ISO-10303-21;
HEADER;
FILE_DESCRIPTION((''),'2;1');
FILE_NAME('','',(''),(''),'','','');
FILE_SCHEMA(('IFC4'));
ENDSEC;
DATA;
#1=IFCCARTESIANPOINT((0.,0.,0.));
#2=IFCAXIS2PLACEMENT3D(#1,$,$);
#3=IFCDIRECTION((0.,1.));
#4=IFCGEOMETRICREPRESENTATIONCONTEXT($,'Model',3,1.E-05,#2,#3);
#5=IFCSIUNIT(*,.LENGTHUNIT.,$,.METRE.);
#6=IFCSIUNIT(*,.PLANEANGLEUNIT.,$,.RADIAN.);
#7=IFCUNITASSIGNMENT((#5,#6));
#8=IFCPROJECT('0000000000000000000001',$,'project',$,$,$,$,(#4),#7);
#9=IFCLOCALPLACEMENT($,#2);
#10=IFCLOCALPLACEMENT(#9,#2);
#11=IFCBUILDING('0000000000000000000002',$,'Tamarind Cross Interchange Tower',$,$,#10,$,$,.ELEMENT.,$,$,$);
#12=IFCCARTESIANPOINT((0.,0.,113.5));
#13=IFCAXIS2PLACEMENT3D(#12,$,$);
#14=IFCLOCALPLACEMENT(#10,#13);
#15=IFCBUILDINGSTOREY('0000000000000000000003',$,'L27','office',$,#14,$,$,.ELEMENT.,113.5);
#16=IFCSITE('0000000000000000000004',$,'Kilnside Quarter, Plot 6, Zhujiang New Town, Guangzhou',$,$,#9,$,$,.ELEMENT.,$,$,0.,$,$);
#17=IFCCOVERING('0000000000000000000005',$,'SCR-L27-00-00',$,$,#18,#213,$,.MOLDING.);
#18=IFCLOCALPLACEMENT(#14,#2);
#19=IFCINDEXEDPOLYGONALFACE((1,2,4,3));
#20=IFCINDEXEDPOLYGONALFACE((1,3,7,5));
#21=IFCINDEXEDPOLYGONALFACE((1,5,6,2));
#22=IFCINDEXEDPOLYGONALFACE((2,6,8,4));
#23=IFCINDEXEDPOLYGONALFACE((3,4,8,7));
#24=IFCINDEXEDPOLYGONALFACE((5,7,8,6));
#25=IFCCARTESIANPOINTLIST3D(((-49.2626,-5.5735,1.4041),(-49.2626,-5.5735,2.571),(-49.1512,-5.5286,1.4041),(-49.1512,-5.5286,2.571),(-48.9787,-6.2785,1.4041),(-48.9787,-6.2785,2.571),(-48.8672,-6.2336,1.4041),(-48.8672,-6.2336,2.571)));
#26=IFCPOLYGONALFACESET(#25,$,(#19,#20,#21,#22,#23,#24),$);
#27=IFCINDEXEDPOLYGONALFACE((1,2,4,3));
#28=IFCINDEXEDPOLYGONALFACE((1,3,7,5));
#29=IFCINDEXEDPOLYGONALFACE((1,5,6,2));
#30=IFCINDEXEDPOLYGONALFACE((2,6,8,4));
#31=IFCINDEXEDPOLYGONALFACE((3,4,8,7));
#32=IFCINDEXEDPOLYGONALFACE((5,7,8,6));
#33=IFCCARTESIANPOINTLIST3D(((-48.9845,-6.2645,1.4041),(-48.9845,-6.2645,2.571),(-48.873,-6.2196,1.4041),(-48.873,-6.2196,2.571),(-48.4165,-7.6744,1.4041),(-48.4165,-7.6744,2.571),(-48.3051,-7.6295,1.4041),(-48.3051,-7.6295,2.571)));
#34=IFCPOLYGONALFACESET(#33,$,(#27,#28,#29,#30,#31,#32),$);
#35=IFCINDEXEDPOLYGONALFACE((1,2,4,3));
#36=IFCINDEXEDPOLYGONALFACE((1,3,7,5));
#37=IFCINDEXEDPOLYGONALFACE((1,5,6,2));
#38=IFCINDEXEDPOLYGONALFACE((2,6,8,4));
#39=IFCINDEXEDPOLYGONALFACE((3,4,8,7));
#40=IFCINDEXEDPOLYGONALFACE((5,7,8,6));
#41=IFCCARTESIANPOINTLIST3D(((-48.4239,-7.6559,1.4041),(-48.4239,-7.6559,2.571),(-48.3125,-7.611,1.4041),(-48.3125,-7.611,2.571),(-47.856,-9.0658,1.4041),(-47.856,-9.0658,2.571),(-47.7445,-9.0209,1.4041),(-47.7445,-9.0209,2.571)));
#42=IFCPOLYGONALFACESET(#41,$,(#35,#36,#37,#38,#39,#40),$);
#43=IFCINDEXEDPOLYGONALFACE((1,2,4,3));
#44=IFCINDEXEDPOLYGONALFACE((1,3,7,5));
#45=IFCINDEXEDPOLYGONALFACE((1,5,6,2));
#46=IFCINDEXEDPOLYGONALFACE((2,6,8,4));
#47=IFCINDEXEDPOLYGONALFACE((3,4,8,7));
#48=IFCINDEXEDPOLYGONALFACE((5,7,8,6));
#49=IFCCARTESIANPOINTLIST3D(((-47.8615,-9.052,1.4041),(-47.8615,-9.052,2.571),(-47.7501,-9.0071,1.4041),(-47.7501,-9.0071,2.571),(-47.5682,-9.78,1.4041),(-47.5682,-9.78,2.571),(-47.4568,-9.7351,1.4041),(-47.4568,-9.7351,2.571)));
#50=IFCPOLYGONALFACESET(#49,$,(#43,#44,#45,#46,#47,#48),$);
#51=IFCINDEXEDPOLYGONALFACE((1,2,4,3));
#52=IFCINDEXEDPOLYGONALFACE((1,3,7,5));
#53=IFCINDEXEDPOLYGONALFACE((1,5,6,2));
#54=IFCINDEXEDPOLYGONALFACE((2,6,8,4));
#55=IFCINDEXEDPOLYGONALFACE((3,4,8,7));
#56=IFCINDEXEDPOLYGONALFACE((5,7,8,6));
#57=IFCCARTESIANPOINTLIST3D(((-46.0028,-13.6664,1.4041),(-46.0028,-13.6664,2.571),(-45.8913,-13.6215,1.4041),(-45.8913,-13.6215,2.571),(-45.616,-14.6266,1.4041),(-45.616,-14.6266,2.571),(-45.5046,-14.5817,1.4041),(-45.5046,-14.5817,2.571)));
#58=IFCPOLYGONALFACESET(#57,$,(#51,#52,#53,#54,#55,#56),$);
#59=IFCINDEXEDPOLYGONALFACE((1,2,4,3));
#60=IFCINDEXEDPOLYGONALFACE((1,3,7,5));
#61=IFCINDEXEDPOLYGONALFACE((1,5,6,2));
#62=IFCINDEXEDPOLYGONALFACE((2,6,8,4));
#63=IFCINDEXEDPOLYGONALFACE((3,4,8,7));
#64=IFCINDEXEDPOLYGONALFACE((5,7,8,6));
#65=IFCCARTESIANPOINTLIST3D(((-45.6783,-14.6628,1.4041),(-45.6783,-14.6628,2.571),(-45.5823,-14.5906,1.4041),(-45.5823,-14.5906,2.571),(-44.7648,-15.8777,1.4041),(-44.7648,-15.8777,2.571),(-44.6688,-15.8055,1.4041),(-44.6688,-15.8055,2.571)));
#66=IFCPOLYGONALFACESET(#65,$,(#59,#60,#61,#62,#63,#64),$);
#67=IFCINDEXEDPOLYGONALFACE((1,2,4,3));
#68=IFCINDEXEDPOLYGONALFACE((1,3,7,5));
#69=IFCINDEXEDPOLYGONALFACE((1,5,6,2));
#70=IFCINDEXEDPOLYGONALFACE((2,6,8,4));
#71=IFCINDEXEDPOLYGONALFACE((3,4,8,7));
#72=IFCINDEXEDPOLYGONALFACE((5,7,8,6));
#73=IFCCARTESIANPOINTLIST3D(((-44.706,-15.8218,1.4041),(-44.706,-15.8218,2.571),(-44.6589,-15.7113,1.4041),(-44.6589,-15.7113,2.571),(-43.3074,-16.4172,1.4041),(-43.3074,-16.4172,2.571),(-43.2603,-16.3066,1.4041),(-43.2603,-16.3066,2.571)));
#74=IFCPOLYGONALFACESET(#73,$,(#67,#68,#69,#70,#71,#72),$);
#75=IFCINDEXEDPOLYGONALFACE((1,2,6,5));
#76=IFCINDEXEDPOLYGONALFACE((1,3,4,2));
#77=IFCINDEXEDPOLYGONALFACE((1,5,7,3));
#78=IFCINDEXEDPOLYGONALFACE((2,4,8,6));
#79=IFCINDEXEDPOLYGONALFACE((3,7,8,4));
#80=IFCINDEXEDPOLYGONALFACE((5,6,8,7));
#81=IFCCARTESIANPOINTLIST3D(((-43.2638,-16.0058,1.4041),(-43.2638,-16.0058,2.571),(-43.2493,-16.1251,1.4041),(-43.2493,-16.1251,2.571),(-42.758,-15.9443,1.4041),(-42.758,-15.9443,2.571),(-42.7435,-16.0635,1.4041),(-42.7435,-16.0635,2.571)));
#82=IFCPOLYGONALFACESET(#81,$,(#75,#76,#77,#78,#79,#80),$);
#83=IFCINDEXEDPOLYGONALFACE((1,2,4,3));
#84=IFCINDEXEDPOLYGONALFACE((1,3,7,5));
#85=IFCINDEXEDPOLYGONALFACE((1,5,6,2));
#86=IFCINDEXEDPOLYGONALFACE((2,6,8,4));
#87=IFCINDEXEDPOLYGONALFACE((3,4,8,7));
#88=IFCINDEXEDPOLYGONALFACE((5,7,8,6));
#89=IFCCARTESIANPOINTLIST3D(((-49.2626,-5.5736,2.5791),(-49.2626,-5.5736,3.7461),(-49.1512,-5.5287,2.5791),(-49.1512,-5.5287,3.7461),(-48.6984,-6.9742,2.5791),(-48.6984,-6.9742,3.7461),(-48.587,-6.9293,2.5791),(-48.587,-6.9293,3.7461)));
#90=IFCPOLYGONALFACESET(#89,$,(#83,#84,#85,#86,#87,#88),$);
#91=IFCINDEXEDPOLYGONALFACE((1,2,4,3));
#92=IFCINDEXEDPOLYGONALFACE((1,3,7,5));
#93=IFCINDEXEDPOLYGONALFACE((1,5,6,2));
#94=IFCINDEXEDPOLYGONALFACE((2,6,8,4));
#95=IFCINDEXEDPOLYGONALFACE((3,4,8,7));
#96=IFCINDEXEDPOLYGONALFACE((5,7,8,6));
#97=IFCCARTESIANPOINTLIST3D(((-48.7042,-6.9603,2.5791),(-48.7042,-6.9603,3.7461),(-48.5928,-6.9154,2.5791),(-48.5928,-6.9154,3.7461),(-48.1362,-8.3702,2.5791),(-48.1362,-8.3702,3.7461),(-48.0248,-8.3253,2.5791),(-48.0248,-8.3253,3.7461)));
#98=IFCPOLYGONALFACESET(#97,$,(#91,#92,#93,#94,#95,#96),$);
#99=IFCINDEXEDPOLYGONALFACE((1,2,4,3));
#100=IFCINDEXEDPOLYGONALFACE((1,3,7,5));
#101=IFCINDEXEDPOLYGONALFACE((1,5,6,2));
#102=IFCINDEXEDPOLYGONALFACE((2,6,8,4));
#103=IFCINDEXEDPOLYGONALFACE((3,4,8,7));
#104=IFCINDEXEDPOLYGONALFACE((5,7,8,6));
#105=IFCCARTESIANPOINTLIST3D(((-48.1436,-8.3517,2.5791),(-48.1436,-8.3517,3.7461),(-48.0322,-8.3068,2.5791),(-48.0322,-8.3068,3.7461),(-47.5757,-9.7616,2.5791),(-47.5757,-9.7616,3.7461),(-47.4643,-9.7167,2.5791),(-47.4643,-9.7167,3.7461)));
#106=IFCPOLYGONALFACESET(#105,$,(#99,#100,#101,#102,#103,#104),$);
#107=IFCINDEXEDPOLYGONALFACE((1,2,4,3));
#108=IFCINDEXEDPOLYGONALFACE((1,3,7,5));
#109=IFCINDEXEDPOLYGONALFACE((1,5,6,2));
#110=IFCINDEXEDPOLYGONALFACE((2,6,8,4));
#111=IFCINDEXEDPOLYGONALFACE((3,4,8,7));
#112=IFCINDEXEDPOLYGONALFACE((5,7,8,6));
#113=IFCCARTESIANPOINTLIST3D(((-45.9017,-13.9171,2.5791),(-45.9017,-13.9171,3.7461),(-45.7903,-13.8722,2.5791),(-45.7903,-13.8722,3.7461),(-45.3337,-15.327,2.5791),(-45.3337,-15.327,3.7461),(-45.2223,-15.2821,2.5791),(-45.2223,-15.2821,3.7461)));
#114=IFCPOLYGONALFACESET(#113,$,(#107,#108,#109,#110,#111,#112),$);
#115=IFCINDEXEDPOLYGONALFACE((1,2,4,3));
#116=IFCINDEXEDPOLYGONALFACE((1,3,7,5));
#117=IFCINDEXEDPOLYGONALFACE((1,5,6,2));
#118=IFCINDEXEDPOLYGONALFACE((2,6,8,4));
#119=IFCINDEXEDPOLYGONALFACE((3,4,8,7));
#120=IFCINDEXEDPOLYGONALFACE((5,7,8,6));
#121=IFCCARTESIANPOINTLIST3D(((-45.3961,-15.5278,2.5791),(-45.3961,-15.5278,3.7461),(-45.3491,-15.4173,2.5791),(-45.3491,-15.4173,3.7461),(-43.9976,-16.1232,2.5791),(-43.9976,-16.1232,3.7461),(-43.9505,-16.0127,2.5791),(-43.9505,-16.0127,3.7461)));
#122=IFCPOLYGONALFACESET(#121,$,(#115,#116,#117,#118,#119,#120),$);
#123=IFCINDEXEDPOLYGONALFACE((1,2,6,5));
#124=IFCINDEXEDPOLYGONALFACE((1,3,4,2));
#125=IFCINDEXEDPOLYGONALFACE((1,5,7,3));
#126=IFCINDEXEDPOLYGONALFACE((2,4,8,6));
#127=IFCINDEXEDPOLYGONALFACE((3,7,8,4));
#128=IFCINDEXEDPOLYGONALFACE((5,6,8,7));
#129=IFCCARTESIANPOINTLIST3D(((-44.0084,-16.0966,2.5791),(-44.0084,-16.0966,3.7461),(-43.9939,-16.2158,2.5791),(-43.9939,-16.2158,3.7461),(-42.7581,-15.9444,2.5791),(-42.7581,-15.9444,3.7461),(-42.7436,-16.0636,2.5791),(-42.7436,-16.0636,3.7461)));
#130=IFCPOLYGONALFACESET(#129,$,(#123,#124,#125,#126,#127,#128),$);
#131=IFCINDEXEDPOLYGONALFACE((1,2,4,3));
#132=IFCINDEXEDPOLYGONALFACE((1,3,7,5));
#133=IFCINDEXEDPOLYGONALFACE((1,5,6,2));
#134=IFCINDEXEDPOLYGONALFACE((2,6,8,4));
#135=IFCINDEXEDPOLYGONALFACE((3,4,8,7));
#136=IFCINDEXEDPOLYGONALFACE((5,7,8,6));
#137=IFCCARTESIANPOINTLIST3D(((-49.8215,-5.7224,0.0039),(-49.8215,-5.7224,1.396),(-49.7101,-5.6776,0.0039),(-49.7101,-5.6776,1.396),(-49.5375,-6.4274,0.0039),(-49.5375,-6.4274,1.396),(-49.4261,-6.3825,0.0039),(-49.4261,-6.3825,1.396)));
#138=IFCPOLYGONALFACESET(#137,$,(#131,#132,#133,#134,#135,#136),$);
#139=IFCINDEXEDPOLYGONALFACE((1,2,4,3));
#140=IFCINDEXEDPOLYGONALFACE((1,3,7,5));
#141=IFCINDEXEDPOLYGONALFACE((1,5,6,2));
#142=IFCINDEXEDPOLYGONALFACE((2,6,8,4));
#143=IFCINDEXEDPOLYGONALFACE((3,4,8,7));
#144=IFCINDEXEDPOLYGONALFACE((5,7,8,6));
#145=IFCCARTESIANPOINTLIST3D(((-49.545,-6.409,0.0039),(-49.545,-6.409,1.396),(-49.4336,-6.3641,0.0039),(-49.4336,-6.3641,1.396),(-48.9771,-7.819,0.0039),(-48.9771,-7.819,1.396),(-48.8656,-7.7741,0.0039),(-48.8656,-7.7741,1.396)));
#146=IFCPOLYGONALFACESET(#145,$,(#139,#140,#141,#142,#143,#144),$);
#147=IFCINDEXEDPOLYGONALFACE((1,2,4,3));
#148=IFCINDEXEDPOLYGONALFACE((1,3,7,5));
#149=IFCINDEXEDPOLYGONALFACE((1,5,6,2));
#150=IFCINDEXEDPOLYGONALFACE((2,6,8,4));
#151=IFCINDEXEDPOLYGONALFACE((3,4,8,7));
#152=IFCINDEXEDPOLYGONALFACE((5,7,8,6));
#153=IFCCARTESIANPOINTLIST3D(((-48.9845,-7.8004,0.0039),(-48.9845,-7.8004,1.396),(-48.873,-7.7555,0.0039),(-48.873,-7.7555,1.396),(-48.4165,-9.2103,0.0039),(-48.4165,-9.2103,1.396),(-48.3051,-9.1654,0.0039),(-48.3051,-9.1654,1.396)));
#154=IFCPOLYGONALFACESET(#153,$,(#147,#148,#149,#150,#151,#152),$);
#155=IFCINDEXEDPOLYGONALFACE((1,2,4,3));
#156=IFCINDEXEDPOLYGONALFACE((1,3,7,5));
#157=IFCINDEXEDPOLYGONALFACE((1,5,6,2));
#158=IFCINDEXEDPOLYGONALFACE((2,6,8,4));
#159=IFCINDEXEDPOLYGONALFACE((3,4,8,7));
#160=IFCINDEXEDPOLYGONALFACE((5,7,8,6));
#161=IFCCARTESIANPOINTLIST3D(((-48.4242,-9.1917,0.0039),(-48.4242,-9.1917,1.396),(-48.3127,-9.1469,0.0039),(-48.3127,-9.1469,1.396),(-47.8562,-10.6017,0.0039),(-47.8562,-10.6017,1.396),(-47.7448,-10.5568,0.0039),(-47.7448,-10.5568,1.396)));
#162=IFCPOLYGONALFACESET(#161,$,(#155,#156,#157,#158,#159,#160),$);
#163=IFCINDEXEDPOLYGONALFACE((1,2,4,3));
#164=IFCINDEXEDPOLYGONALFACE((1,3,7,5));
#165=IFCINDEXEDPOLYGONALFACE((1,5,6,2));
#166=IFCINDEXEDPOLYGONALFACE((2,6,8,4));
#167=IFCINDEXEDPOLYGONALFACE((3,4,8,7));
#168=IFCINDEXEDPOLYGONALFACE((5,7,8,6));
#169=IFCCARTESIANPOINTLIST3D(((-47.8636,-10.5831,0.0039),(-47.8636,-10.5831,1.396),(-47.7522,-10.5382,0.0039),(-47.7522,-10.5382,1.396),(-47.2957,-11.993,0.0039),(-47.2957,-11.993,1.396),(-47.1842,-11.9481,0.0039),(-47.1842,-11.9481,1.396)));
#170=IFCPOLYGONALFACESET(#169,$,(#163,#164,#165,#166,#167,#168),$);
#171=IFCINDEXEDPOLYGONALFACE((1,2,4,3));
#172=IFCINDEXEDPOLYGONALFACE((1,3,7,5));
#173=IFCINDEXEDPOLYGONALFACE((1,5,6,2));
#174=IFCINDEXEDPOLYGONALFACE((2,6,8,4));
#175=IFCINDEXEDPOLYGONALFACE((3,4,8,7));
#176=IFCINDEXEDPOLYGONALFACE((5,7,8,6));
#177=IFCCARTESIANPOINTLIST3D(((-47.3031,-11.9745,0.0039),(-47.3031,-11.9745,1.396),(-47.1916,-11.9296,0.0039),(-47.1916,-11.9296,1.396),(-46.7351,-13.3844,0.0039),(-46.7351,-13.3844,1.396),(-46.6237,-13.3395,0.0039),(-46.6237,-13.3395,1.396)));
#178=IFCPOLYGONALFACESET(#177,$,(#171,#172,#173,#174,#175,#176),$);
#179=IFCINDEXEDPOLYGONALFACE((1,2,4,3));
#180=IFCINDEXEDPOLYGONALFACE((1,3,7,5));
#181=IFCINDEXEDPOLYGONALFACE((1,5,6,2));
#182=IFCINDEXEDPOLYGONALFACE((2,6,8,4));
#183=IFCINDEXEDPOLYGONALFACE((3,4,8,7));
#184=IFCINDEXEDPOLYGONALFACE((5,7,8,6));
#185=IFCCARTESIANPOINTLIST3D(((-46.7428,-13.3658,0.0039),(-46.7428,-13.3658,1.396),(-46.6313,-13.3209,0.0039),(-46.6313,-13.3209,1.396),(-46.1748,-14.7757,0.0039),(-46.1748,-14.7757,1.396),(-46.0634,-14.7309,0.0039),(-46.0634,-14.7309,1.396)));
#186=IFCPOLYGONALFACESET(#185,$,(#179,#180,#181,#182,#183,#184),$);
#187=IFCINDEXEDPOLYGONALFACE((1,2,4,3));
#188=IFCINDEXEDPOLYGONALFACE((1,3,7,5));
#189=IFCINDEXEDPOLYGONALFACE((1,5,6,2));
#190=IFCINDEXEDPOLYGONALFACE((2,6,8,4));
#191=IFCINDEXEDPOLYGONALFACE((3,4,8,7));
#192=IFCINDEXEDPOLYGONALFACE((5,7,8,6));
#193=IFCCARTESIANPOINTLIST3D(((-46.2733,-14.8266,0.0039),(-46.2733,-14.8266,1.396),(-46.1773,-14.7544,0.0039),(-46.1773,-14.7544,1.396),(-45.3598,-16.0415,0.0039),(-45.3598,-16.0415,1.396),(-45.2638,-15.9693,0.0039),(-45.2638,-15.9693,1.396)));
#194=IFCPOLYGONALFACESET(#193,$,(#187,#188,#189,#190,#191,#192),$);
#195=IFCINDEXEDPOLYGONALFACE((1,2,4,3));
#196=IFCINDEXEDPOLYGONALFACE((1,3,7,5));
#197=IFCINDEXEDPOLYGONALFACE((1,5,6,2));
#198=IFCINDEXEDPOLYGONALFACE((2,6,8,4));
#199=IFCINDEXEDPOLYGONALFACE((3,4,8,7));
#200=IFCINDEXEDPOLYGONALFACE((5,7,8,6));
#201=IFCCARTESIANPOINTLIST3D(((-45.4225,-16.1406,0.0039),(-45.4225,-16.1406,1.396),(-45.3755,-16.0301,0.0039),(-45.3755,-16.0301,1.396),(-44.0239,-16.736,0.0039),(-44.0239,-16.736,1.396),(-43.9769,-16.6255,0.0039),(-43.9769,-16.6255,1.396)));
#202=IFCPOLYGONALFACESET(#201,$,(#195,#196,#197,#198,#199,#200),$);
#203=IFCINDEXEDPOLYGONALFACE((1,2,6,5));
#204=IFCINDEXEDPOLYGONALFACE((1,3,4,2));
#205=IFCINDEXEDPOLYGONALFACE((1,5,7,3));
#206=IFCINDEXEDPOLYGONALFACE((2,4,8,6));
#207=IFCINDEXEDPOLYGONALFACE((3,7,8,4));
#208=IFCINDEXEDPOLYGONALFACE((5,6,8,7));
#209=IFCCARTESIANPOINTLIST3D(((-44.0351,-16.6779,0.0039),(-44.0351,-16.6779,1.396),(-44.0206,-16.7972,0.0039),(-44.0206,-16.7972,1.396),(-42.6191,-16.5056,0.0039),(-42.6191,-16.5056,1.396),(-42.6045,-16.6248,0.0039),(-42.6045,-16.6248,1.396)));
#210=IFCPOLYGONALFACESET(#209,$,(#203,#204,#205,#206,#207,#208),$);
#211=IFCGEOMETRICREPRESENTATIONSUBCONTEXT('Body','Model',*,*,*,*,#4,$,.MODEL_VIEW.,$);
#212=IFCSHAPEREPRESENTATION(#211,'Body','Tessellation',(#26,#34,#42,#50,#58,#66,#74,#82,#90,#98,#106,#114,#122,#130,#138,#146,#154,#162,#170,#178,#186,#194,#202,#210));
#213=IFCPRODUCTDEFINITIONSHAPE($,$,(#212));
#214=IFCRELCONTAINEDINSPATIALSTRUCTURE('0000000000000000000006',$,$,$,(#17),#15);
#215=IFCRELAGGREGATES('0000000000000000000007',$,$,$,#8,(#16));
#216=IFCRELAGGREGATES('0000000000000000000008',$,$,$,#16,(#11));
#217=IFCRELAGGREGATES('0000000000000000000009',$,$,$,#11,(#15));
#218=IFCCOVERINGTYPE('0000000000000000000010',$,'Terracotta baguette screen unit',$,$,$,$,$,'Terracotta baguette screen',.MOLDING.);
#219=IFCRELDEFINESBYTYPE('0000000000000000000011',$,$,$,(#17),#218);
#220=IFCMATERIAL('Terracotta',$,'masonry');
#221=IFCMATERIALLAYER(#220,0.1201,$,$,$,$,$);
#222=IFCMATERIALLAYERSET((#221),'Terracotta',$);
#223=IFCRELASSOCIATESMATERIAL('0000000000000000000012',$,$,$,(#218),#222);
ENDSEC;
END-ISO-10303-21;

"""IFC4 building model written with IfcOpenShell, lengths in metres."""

from ifc_helpers import new_model, si_unit, direction, frame, origin, origin_2d, place, context, subcontext, project, spatial, rectangle, extrude, material, layer, layer_set, type_object, element, save


model = new_model("IFC4")

# Units and contexts
model_context = context("Model", 3, precision=1e-05, world=origin(), true_north=direction((0.0, 1.0)))
body_context = subcontext(model_context, "Body", "Model", "MODEL_VIEW")
ifc_project = project(units=[si_unit("LENGTHUNIT", "METRE"), si_unit("PLANEANGLEUNIT", "RADIAN")], contexts=[model_context])

# Site, building, storey
site_placement = place(None, origin())
site = spatial("IfcSite", under=ifc_project, at=site_placement, Name="Kilnside Quarter, Plot 6, Zhujiang New Town, Guangzhou", CompositionType="ELEMENT", RefElevation=0.0)
building_placement = place(site_placement, origin())
building = spatial("IfcBuilding", under=site, at=building_placement, Name="Tamarind Cross Interchange Tower", CompositionType="ELEMENT")
storey_placement = place(building_placement, frame((0.0, 0.0, 113.5)))
storey = spatial("IfcBuildingStorey", under=building, at=storey_placement, Name="L27", Description="office", CompositionType="ELEMENT", Elevation=113.5)

# Covering
ifc_material_1 = material(Name="Terracotta", Category="masonry")
ifc_layer_1 = layer(ifc_material_1, 0.1201)
ifc_layer_set_1 = layer_set([ifc_layer_1], Name="Terracotta")
covering_type = type_object("IfcCoveringType", Name="Terracotta baguette screen unit", ElementType="Terracotta baguette screen", PredefinedType="MOLDING", material=ifc_layer_set_1)
covering_1_placement = place(storey_placement, origin())
element("IfcCovering", 1, at=covering_1_placement, inside=storey, type_object=covering_type, Name="SCR-L27-00-00", PredefinedType="MOLDING", context=body_context, shape_type="SweptSolid", body=[
    extrude(rectangle(XDim=0.76, YDim=0.1201, at=origin_2d()), frame((-49.0649, -5.9036, 1.4041), z_axis=(0.0, 0.0, 1.0), x_axis=(0.373648, -0.92757, 0.0)), (0.0, 0.0, 1.0), 1.167),
    extrude(rectangle(XDim=1.52, YDim=0.1201, at=origin_2d()), frame((-48.6448, -6.947, 1.4041), z_axis=(0.0, 0.0, 1.0), x_axis=(0.373648, -0.92757, 0.0)), (0.0, 0.0, 1.0), 1.167),
    extrude(rectangle(XDim=1.52, YDim=0.1201, at=origin_2d()), frame((-48.0842, -8.3384, 1.4041), z_axis=(0.0, 0.0, 1.0), x_axis=(0.373648, -0.92757, 0.0)), (0.0, 0.0, 1.0), 1.167),
    extrude(rectangle(XDim=0.7849, YDim=0.1201, at=origin_2d()), frame((-47.6592, -9.3936, 1.4041), z_axis=(0.0, 0.0, 1.0), x_axis=(0.373648, -0.92757, 0.0)), (0.0, 0.0, 1.0), 1.167),
    extrude(rectangle(XDim=1.0352, YDim=0.1201, at=origin_2d()), frame((-45.7537, -14.124, 1.4041), z_axis=(0.0, 0.0, 1.0), x_axis=(0.373648, -0.92757, 0.0)), (0.0, 0.0, 1.0), 1.167),
    extrude(rectangle(XDim=1.52, YDim=0.1201, at=origin_2d()), frame((-45.1736, -15.2341, 1.4041), z_axis=(0.0, 0.0, 1.0), x_axis=(0.60099, -0.799257, 0.0)), (0.0, 0.0, 1.0), 1.167),
    extrude(rectangle(XDim=1.52, YDim=0.1201, at=origin_2d()), frame((-43.9832, -16.0642, 1.4041), z_axis=(0.0, 0.0, 1.0), x_axis=(0.920101, -0.391682, 0.0)), (0.0, 0.0, 1.0), 1.167),
    extrude(rectangle(XDim=0.5095, YDim=0.1201, at=origin_2d()), frame((-43.0037, -16.0347, 1.4041), z_axis=(0.0, 0.0, 1.0), x_axis=(0.992672, 0.120844, 0.0)), (0.0, 0.0, 1.0), 1.167),
    extrude(rectangle(XDim=1.51, YDim=0.1201, at=origin_2d()), frame((-48.9248, -6.2515, 2.5791), z_axis=(0.0, 0.0, 1.0), x_axis=(0.373648, -0.92757, 0.0)), (0.0, 0.0, 1.0), 1.167),
    extrude(rectangle(XDim=1.52, YDim=0.1201, at=origin_2d()), frame((-48.3645, -7.6428, 2.5791), z_axis=(0.0, 0.0, 1.0), x_axis=(0.373648, -0.92757, 0.0)), (0.0, 0.0, 1.0), 1.167),
    extrude(rectangle(XDim=1.52, YDim=0.1201, at=origin_2d()), frame((-47.804, -9.0342, 2.5791), z_axis=(0.0, 0.0, 1.0), x_axis=(0.373648, -0.92757, 0.0)), (0.0, 0.0, 1.0), 1.167),
    extrude(rectangle(XDim=1.52, YDim=0.1201, at=origin_2d()), frame((-45.562, -14.5996, 2.5791), z_axis=(0.0, 0.0, 1.0), x_axis=(0.373648, -0.92757, 0.0)), (0.0, 0.0, 1.0), 1.167),
    extrude(rectangle(XDim=1.52, YDim=0.1201, at=origin_2d()), frame((-44.6733, -15.7703, 2.5791), z_axis=(0.0, 0.0, 1.0), x_axis=(0.920101, -0.391682, 0.0)), (0.0, 0.0, 1.0), 1.167),
    extrude(rectangle(XDim=1.2595, YDim=0.1201, at=origin_2d()), frame((-43.376, -16.0801, 2.5791), z_axis=(0.0, 0.0, 1.0), x_axis=(0.992672, 0.120844, 0.0)), (0.0, 0.0, 1.0), 1.167),
    extrude(rectangle(XDim=0.76, YDim=0.1201, at=origin_2d()), frame((-49.6238, -6.0525, 0.0039), z_axis=(0.0, 0.0, 1.0), x_axis=(0.373648, -0.92757, 0.0)), (0.0, 0.0, 1.0), 1.3921),
    extrude(rectangle(XDim=1.52, YDim=0.1201, at=origin_2d()), frame((-49.2053, -7.0916, 0.0039), z_axis=(0.0, 0.0, 1.0), x_axis=(0.373648, -0.92757, 0.0)), (0.0, 0.0, 1.0), 1.3921),
    extrude(rectangle(XDim=1.52, YDim=0.1201, at=origin_2d()), frame((-48.6448, -8.4829, 0.0039), z_axis=(0.0, 0.0, 1.0), x_axis=(0.373648, -0.92757, 0.0)), (0.0, 0.0, 1.0), 1.3921),
    extrude(rectangle(XDim=1.52, YDim=0.1201, at=origin_2d()), frame((-48.0845, -9.8743, 0.0039), z_axis=(0.0, 0.0, 1.0), x_axis=(0.373648, -0.92757, 0.0)), (0.0, 0.0, 1.0), 1.3921),
    extrude(rectangle(XDim=1.52, YDim=0.1201, at=origin_2d()), frame((-47.5239, -11.2656, 0.0039), z_axis=(0.0, 0.0, 1.0), x_axis=(0.373648, -0.92757, 0.0)), (0.0, 0.0, 1.0), 1.3921),
    extrude(rectangle(XDim=1.52, YDim=0.1201, at=origin_2d()), frame((-46.9634, -12.657, 0.0039), z_axis=(0.0, 0.0, 1.0), x_axis=(0.373648, -0.92757, 0.0)), (0.0, 0.0, 1.0), 1.3921),
    extrude(rectangle(XDim=1.52, YDim=0.1201, at=origin_2d()), frame((-46.4031, -14.0483, 0.0039), z_axis=(0.0, 0.0, 1.0), x_axis=(0.373648, -0.92757, 0.0)), (0.0, 0.0, 1.0), 1.3921),
    extrude(rectangle(XDim=1.52, YDim=0.1201, at=origin_2d()), frame((-45.7686, -15.3979, 0.0039), z_axis=(0.0, 0.0, 1.0), x_axis=(0.60099, -0.799257, 0.0)), (0.0, 0.0, 1.0), 1.3921),
    extrude(rectangle(XDim=1.52, YDim=0.1201, at=origin_2d()), frame((-44.6997, -16.3831, 0.0039), z_axis=(0.0, 0.0, 1.0), x_axis=(0.920101, -0.391682, 0.0)), (0.0, 0.0, 1.0), 1.3921),
    extrude(rectangle(XDim=1.4265, YDim=0.1201, at=origin_2d()), frame((-43.3198, -16.6514, 0.0039), z_axis=(0.0, 0.0, 1.0), x_axis=(0.992672, 0.120844, 0.0)), (0.0, 0.0, 1.0), 1.3921),
])

save(model, "model.ifc")
